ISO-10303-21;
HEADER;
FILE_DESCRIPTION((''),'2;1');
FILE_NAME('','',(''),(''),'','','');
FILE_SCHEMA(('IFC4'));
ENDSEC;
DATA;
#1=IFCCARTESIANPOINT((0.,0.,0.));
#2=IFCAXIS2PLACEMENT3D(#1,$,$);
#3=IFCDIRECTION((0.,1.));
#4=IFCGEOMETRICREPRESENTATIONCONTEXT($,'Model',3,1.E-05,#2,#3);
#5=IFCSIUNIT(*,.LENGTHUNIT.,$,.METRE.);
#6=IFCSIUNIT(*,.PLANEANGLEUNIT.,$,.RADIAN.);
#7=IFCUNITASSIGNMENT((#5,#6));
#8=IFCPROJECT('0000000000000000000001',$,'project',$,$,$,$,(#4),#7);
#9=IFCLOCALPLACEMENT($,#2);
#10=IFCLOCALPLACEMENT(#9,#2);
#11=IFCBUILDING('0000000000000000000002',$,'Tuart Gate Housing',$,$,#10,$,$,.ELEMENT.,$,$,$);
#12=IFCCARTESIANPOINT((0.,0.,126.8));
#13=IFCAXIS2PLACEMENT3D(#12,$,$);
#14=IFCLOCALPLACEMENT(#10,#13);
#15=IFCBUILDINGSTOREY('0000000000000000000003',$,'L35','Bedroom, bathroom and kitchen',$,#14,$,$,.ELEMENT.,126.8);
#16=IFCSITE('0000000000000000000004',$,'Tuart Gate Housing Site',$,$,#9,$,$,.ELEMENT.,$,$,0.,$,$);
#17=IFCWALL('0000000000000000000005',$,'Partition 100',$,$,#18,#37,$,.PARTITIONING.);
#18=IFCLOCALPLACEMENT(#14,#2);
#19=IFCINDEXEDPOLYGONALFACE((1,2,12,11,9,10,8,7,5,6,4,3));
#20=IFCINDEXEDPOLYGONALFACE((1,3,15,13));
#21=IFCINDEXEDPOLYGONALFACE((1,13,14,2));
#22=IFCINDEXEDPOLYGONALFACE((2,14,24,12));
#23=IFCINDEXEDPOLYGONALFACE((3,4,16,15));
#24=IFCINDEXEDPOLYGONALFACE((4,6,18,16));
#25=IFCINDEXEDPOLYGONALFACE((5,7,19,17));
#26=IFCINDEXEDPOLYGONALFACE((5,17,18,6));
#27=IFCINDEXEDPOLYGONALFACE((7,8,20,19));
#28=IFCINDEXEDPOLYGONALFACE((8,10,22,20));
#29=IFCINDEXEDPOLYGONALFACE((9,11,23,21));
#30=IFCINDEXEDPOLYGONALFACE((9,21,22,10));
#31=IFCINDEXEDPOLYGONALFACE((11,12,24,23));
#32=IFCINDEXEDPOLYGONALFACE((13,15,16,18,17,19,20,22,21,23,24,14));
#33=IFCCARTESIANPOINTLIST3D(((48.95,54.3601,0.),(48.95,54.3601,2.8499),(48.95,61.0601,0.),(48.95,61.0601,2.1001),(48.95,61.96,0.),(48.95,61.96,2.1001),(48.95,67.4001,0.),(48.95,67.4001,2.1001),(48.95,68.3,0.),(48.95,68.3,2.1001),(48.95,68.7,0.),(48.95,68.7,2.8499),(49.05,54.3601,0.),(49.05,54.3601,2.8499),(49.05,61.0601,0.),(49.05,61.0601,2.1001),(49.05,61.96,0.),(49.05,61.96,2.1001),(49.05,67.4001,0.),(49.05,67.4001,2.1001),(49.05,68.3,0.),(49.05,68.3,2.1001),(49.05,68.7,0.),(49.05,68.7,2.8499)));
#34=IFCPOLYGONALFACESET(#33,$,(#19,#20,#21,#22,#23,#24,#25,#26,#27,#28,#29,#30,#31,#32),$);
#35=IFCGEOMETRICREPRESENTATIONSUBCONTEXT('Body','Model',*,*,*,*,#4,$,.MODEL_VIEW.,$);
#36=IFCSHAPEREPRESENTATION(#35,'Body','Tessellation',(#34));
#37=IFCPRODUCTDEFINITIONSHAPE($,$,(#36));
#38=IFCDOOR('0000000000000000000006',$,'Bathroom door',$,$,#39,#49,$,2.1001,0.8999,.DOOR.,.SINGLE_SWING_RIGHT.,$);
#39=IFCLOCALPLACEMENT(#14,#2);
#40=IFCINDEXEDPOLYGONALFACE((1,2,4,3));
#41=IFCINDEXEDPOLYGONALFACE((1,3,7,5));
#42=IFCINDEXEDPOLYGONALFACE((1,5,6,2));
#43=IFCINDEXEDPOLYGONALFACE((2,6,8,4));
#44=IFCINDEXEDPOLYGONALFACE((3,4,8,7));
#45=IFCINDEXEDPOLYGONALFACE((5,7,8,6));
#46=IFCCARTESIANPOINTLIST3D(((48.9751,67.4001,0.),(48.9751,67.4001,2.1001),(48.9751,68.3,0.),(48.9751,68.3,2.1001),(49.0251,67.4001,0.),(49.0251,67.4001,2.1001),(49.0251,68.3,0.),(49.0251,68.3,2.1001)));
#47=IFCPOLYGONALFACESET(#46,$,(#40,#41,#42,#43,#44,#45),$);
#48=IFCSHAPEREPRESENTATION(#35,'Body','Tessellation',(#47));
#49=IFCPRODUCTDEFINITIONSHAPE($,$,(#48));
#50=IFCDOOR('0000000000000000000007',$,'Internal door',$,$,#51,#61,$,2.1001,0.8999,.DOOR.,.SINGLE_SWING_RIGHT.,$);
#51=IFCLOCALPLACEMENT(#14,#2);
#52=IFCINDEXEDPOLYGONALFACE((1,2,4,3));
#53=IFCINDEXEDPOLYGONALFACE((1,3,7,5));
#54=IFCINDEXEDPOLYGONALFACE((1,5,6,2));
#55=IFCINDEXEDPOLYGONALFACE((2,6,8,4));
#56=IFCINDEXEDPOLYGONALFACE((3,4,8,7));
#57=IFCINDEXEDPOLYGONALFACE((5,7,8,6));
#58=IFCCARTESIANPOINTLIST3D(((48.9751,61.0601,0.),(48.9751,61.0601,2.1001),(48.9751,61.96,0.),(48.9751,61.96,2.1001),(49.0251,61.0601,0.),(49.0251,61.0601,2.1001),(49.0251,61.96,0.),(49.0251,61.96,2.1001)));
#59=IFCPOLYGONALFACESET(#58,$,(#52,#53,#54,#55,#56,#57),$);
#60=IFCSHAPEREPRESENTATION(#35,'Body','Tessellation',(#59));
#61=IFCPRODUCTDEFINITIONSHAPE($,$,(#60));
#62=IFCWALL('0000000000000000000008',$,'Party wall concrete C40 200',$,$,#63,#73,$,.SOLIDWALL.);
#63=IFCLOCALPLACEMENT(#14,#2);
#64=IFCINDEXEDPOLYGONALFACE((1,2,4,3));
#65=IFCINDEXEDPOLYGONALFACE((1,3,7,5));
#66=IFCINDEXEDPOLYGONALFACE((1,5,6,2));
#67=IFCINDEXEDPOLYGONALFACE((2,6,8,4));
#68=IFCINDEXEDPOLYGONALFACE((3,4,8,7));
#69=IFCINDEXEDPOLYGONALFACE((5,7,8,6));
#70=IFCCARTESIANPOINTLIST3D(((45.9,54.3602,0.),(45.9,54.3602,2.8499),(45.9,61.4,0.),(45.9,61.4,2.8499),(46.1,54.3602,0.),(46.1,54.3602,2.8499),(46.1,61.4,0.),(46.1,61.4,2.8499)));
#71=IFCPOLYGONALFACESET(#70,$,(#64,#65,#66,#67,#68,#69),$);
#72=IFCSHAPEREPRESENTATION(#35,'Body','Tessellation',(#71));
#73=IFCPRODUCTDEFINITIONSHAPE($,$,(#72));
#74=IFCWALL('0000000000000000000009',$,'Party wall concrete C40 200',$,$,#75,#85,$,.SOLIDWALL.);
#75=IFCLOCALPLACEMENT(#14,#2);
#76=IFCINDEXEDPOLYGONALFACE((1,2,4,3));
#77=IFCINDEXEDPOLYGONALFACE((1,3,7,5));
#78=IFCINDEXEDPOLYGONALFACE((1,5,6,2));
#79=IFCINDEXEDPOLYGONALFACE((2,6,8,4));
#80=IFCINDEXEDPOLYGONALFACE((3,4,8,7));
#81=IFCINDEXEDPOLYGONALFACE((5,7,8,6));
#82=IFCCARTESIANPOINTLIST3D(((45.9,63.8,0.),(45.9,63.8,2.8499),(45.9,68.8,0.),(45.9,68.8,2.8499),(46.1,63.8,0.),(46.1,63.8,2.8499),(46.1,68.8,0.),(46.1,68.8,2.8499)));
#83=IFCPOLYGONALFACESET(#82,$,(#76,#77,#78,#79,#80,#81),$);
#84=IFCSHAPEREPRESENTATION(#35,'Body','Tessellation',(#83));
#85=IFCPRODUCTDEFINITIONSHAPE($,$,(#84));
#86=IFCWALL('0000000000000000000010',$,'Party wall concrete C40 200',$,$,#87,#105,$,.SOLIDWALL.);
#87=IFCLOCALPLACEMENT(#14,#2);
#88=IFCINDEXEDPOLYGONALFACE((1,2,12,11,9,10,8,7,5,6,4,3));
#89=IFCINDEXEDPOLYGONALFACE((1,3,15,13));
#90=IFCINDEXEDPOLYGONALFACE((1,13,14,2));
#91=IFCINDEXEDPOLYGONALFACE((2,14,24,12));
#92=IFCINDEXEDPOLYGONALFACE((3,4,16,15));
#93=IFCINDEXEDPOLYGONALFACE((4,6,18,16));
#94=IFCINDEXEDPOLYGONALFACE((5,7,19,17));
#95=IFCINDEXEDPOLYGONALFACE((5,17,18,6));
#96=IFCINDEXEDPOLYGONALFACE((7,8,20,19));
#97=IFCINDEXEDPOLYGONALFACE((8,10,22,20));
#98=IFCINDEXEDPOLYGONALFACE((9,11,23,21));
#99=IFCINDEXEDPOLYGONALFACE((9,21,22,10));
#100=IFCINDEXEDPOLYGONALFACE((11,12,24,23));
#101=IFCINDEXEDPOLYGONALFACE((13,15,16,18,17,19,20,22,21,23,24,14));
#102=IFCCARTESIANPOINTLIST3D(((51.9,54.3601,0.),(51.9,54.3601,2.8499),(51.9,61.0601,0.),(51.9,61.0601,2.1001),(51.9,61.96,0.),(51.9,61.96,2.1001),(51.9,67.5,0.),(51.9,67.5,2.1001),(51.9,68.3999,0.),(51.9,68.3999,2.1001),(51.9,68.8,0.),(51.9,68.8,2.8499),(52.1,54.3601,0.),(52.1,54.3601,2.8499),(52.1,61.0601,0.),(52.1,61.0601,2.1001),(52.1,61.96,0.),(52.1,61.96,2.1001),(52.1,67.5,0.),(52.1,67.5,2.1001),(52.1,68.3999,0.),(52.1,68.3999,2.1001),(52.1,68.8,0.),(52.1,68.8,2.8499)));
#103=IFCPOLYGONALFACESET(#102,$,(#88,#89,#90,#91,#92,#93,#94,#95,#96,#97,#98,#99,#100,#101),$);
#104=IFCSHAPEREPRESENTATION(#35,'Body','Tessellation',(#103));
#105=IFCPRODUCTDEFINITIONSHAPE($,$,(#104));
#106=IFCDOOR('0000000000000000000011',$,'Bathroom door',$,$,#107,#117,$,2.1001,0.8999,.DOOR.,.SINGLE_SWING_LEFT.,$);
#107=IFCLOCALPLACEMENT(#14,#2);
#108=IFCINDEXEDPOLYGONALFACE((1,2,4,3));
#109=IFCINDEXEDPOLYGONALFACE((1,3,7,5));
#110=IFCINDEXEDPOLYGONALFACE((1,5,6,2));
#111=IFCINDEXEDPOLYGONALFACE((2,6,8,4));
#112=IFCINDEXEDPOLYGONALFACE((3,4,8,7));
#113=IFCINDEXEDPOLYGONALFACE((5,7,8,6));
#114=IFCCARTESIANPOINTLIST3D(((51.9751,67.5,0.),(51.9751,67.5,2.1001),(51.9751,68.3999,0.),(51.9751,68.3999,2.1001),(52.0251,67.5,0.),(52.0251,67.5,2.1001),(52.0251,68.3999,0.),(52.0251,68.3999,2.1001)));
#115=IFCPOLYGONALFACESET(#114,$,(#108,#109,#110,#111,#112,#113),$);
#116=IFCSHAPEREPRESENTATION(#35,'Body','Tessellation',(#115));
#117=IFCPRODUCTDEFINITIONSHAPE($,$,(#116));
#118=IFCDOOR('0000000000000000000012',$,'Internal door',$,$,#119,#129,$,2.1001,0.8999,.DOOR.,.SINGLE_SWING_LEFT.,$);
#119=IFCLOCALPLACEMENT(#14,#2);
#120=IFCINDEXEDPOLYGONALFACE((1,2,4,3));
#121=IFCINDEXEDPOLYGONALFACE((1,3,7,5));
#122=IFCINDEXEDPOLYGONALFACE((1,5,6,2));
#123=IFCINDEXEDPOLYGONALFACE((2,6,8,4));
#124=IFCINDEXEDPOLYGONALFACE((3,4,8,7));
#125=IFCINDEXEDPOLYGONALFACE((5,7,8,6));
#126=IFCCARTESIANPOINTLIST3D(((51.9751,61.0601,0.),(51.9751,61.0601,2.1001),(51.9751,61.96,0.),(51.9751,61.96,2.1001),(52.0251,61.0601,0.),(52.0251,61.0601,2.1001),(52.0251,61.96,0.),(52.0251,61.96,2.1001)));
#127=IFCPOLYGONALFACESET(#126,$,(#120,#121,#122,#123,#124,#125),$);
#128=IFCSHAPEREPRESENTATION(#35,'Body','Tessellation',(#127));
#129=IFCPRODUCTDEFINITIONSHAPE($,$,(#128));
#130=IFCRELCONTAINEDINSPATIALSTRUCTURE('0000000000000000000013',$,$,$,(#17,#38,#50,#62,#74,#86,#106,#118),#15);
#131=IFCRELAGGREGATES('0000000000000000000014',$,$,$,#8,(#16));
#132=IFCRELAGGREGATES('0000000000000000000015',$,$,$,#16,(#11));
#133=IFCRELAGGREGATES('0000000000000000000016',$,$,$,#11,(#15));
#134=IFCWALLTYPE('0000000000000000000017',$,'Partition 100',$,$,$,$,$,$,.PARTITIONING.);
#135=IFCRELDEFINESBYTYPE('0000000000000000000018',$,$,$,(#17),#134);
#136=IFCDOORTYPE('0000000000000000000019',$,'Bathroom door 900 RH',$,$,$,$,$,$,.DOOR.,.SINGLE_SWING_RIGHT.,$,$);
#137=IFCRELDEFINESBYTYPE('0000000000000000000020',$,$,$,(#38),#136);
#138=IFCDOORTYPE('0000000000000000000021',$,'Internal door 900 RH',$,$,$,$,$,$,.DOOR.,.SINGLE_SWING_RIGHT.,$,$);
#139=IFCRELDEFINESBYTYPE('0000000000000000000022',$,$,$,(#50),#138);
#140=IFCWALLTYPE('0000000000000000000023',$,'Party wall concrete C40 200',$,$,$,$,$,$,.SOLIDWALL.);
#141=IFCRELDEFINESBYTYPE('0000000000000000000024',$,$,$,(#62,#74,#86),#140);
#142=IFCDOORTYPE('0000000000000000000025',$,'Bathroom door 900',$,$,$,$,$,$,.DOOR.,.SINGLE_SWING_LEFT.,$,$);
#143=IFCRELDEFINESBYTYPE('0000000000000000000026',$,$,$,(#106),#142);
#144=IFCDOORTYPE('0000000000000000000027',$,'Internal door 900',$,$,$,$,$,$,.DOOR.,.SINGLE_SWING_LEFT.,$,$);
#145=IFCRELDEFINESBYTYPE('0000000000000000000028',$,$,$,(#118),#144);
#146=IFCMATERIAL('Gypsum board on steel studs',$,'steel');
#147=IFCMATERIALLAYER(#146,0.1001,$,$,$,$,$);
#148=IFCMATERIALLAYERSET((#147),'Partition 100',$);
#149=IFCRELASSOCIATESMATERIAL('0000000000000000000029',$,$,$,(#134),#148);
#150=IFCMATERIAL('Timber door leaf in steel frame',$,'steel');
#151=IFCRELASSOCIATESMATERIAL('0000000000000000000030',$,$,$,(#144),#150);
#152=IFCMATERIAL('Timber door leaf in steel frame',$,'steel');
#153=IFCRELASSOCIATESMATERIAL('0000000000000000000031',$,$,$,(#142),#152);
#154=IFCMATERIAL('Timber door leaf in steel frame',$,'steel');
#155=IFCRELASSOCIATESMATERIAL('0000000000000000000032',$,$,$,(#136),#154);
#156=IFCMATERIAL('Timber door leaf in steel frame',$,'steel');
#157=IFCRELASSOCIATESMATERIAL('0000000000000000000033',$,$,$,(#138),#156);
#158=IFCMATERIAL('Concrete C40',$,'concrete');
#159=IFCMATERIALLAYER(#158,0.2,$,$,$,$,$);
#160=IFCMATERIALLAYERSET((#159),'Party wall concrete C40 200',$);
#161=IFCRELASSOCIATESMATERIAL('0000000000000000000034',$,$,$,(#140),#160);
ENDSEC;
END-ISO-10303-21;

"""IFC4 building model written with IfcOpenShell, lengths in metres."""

from ifc_helpers import new_model, si_unit, direction, frame, frame_2d, origin, place, context, subcontext, project, spatial, rectangle, extrude, material, layer, layer_set, type_object, element, fill, save


model = new_model("IFC4")

# Units and contexts
model_context = context("Model", 3, precision=1e-05, world=origin(), true_north=direction((0.0, 1.0)))
body_context = subcontext(model_context, "Body", "Model", "MODEL_VIEW")
ifc_project = project(units=[si_unit("LENGTHUNIT", "METRE"), si_unit("PLANEANGLEUNIT", "RADIAN")], contexts=[model_context])

# Site, building, storey
site_placement = place(None, origin())
site = spatial("IfcSite", under=ifc_project, at=site_placement, Name="Tuart Gate Housing Site", CompositionType="ELEMENT", RefElevation=0.0)
building_placement = place(site_placement, origin())
building = spatial("IfcBuilding", under=site, at=building_placement, Name="Tuart Gate Housing", CompositionType="ELEMENT")
storey_placement = place(building_placement, frame((0.0, 0.0, 126.8)))
storey = spatial("IfcBuildingStorey", under=building, at=storey_placement, Name="L35", Description="Bedroom, bathroom and kitchen", CompositionType="ELEMENT", Elevation=126.8)

# Shared definitions
ifc_material_1 = material(Name="Gypsum board on steel studs", Category="steel")
ifc_layer_1 = layer(ifc_material_1, 0.1001)
ifc_layer_set_1 = layer_set([ifc_layer_1], Name="Partition 100")
wall_type_1 = type_object("IfcWallType", Name="Partition 100", PredefinedType="PARTITIONING", material=ifc_layer_set_1)
ifc_material_2 = material(Name="Timber door leaf in steel frame", Category="steel")
door_type_1 = type_object("IfcDoorType", Name="Internal door 900", OperationType="SINGLE_SWING_LEFT", PredefinedType="DOOR", material=ifc_material_2)

# Shared definitions
ifc_material_3 = material(Name="Timber door leaf in steel frame", Category="steel")
door_type_2 = type_object("IfcDoorType", Name="Bathroom door 900", OperationType="SINGLE_SWING_LEFT", PredefinedType="DOOR", material=ifc_material_3)

# Wall, openings, doors
wall_1_placement = place(storey_placement, frame((49.0, 54.3601, 0.0), z_axis=(0.0, 0.0, 1.0), x_axis=(0.0, 1.0, 0.0)))
wall_1 = element("IfcWall", 1, at=wall_1_placement, inside=storey, type_object=wall_type_1, Name="Partition 100", PredefinedType="PARTITIONING", context=body_context, shape_type="SweptSolid", body=[
    extrude(rectangle(XDim=14.3398, YDim=0.1001, at=frame_2d((7.1699, 0.0))), origin(), (0.0, 0.0, 1.0), 2.8499),
])
opening_1_placement = place(wall_1_placement, frame((6.7, 0.0, 0.0)))
opening_1 = element("IfcOpeningElement", 2, at=opening_1_placement, cuts=wall_1, PredefinedType="OPENING", context=body_context, shape_type="SweptSolid", body=[
    extrude(rectangle(XDim=0.8999, YDim=2.1001, at=frame_2d((0.45, 1.05))), frame((0.0, 0.0601, 0.0), z_axis=(0.0, -1.0, 0.0), x_axis=(1.0, 0.0, 0.0)), (0.0, 0.0, 1.0), 0.1201),
])
opening_2_placement = place(wall_1_placement, frame((13.04, 0.0, 0.0)))
opening_2 = element("IfcOpeningElement", 3, at=opening_2_placement, cuts=wall_1, PredefinedType="OPENING", context=body_context, shape_type="SweptSolid", body=[
    extrude(rectangle(XDim=0.8999, YDim=2.1001, at=frame_2d((0.45, 1.05))), frame((0.0, 0.0601, 0.0), z_axis=(0.0, -1.0, 0.0), x_axis=(1.0, 0.0, 0.0)), (0.0, 0.0, 1.0), 0.1201),
])
ifc_material_4 = material(Name="Timber door leaf in steel frame", Category="steel")
door_type_3 = type_object("IfcDoorType", Name="Bathroom door 900 RH", OperationType="SINGLE_SWING_RIGHT", PredefinedType="DOOR", material=ifc_material_4)
door_1_placement = place(opening_2_placement, origin())
door_1 = element("IfcDoor", 4, at=door_1_placement, inside=storey, type_object=door_type_3, Name="Bathroom door", OperationType="SINGLE_SWING_RIGHT", OverallHeight=2.1001, OverallWidth=0.8999, PredefinedType="DOOR", context=body_context, shape_type="SweptSolid", body=[
    extrude(rectangle(XDim=0.8999, YDim=2.1001, at=frame_2d((0.45, 1.05))), frame((0.0, 0.0249, 0.0), z_axis=(0.0, -1.0, 0.0), x_axis=(1.0, 0.0, 0.0)), (0.0, 0.0, 1.0), 0.05),
])
fill(opening_2, door_1)
ifc_material_5 = material(Name="Timber door leaf in steel frame", Category="steel")
door_type_4 = type_object("IfcDoorType", Name="Internal door 900 RH", OperationType="SINGLE_SWING_RIGHT", PredefinedType="DOOR", material=ifc_material_5)
door_2_placement = place(opening_1_placement, origin())
door_2 = element("IfcDoor", 5, at=door_2_placement, inside=storey, type_object=door_type_4, Name="Internal door", OperationType="SINGLE_SWING_RIGHT", OverallHeight=2.1001, OverallWidth=0.8999, PredefinedType="DOOR", context=body_context, shape_type="SweptSolid", body=[
    extrude(rectangle(XDim=0.8999, YDim=2.1001, at=frame_2d((0.45, 1.05))), frame((0.0, 0.0249, 0.0), z_axis=(0.0, -1.0, 0.0), x_axis=(1.0, 0.0, 0.0)), (0.0, 0.0, 1.0), 0.05),
])
fill(opening_1, door_2)

# Walls
ifc_material_6 = material(Name="Concrete C40", Category="concrete")
ifc_layer_2 = layer(ifc_material_6, 0.2)
ifc_layer_set_2 = layer_set([ifc_layer_2], Name="Party wall concrete C40 200")
wall_type_2 = type_object("IfcWallType", Name="Party wall concrete C40 200", PredefinedType="SOLIDWALL", material=ifc_layer_set_2)
wall_2_placement = place(storey_placement, frame((46.0, 54.3601, 0.0), z_axis=(0.0, 0.0, 1.0), x_axis=(0.0, 1.0, 0.0)))
element("IfcWall", 6, at=wall_2_placement, inside=storey, type_object=wall_type_2, Name="Party wall concrete C40 200", PredefinedType="SOLIDWALL", context=body_context, shape_type="SweptSolid", body=[
    extrude(rectangle(XDim=7.0398, YDim=0.2, at=frame_2d((3.52, 0.0))), origin(), (0.0, 0.0, 1.0), 2.8499),
])
wall_3_placement = place(storey_placement, frame((46.0, 63.8, 0.0), z_axis=(0.0, 0.0, 1.0), x_axis=(0.0, 1.0, 0.0)))
element("IfcWall", 7, at=wall_3_placement, inside=storey, type_object=wall_type_2, Name="Party wall concrete C40 200", PredefinedType="SOLIDWALL", context=body_context, shape_type="SweptSolid", body=[
    extrude(rectangle(XDim=5.0, YDim=0.2, at=frame_2d((2.5, 0.0))), origin(), (0.0, 0.0, 1.0), 2.8499),
])

# Wall, openings, doors
wall_4_placement = place(storey_placement, frame((52.0, 54.3601, 0.0), z_axis=(0.0, 0.0, 1.0), x_axis=(0.0, 1.0, 0.0)))
wall_4 = element("IfcWall", 8, at=wall_4_placement, inside=storey, type_object=wall_type_2, Name="Party wall concrete C40 200", PredefinedType="SOLIDWALL", context=body_context, shape_type="SweptSolid", body=[
    extrude(rectangle(XDim=14.4399, YDim=0.2, at=frame_2d((7.22, 0.0))), origin(), (0.0, 0.0, 1.0), 2.8499),
])
opening_3_placement = place(wall_4_placement, frame((6.7, 0.0, 0.0)))
opening_3 = element("IfcOpeningElement", 9, at=opening_3_placement, cuts=wall_4, PredefinedType="OPENING", context=body_context, shape_type="SweptSolid", body=[
    extrude(rectangle(XDim=0.8999, YDim=2.1001, at=frame_2d((0.45, 1.05))), frame((0.0, 0.1099, 0.0), z_axis=(0.0, -1.0, 0.0), x_axis=(1.0, 0.0, 0.0)), (0.0, 0.0, 1.0), 0.22),
])
opening_4_placement = place(wall_4_placement, frame((13.1399, 0.0, 0.0)))
opening_4 = element("IfcOpeningElement", 10, at=opening_4_placement, cuts=wall_4, PredefinedType="OPENING", context=body_context, shape_type="SweptSolid", body=[
    extrude(rectangle(XDim=0.8999, YDim=2.1001, at=frame_2d((0.45, 1.05))), frame((0.0, 0.1099, 0.0), z_axis=(0.0, -1.0, 0.0), x_axis=(1.0, 0.0, 0.0)), (0.0, 0.0, 1.0), 0.22),
])
door_3_placement = place(opening_4_placement, frame((0.8999, 0.0, 0.0), z_axis=(0.0, 0.0, 1.0), x_axis=(-1.0, 0.0, 0.0)))
door_3 = element("IfcDoor", 11, at=door_3_placement, inside=storey, type_object=door_type_2, Name="Bathroom door", OperationType="SINGLE_SWING_LEFT", OverallHeight=2.1001, OverallWidth=0.8999, PredefinedType="DOOR", context=body_context, shape_type="SweptSolid", body=[
    extrude(rectangle(XDim=0.8999, YDim=2.1001, at=frame_2d((0.45, 1.05))), frame((0.0, 0.0251, 0.0), z_axis=(0.0, -1.0, 0.0), x_axis=(1.0, 0.0, 0.0)), (0.0, 0.0, 1.0), 0.05),
])
fill(opening_4, door_3)
door_4_placement = place(opening_3_placement, frame((0.8999, 0.0, 0.0), z_axis=(0.0, 0.0, 1.0), x_axis=(-1.0, 0.0, 0.0)))
door_4 = element("IfcDoor", 12, at=door_4_placement, inside=storey, type_object=door_type_1, Name="Internal door", OperationType="SINGLE_SWING_LEFT", OverallHeight=2.1001, OverallWidth=0.8999, PredefinedType="DOOR", context=body_context, shape_type="SweptSolid", body=[
    extrude(rectangle(XDim=0.8999, YDim=2.1001, at=frame_2d((0.45, 1.05))), frame((0.0, 0.0251, 0.0), z_axis=(0.0, -1.0, 0.0), x_axis=(1.0, 0.0, 0.0)), (0.0, 0.0, 1.0), 0.05),
])
fill(opening_3, door_4)

save(model, "model.ifc")
